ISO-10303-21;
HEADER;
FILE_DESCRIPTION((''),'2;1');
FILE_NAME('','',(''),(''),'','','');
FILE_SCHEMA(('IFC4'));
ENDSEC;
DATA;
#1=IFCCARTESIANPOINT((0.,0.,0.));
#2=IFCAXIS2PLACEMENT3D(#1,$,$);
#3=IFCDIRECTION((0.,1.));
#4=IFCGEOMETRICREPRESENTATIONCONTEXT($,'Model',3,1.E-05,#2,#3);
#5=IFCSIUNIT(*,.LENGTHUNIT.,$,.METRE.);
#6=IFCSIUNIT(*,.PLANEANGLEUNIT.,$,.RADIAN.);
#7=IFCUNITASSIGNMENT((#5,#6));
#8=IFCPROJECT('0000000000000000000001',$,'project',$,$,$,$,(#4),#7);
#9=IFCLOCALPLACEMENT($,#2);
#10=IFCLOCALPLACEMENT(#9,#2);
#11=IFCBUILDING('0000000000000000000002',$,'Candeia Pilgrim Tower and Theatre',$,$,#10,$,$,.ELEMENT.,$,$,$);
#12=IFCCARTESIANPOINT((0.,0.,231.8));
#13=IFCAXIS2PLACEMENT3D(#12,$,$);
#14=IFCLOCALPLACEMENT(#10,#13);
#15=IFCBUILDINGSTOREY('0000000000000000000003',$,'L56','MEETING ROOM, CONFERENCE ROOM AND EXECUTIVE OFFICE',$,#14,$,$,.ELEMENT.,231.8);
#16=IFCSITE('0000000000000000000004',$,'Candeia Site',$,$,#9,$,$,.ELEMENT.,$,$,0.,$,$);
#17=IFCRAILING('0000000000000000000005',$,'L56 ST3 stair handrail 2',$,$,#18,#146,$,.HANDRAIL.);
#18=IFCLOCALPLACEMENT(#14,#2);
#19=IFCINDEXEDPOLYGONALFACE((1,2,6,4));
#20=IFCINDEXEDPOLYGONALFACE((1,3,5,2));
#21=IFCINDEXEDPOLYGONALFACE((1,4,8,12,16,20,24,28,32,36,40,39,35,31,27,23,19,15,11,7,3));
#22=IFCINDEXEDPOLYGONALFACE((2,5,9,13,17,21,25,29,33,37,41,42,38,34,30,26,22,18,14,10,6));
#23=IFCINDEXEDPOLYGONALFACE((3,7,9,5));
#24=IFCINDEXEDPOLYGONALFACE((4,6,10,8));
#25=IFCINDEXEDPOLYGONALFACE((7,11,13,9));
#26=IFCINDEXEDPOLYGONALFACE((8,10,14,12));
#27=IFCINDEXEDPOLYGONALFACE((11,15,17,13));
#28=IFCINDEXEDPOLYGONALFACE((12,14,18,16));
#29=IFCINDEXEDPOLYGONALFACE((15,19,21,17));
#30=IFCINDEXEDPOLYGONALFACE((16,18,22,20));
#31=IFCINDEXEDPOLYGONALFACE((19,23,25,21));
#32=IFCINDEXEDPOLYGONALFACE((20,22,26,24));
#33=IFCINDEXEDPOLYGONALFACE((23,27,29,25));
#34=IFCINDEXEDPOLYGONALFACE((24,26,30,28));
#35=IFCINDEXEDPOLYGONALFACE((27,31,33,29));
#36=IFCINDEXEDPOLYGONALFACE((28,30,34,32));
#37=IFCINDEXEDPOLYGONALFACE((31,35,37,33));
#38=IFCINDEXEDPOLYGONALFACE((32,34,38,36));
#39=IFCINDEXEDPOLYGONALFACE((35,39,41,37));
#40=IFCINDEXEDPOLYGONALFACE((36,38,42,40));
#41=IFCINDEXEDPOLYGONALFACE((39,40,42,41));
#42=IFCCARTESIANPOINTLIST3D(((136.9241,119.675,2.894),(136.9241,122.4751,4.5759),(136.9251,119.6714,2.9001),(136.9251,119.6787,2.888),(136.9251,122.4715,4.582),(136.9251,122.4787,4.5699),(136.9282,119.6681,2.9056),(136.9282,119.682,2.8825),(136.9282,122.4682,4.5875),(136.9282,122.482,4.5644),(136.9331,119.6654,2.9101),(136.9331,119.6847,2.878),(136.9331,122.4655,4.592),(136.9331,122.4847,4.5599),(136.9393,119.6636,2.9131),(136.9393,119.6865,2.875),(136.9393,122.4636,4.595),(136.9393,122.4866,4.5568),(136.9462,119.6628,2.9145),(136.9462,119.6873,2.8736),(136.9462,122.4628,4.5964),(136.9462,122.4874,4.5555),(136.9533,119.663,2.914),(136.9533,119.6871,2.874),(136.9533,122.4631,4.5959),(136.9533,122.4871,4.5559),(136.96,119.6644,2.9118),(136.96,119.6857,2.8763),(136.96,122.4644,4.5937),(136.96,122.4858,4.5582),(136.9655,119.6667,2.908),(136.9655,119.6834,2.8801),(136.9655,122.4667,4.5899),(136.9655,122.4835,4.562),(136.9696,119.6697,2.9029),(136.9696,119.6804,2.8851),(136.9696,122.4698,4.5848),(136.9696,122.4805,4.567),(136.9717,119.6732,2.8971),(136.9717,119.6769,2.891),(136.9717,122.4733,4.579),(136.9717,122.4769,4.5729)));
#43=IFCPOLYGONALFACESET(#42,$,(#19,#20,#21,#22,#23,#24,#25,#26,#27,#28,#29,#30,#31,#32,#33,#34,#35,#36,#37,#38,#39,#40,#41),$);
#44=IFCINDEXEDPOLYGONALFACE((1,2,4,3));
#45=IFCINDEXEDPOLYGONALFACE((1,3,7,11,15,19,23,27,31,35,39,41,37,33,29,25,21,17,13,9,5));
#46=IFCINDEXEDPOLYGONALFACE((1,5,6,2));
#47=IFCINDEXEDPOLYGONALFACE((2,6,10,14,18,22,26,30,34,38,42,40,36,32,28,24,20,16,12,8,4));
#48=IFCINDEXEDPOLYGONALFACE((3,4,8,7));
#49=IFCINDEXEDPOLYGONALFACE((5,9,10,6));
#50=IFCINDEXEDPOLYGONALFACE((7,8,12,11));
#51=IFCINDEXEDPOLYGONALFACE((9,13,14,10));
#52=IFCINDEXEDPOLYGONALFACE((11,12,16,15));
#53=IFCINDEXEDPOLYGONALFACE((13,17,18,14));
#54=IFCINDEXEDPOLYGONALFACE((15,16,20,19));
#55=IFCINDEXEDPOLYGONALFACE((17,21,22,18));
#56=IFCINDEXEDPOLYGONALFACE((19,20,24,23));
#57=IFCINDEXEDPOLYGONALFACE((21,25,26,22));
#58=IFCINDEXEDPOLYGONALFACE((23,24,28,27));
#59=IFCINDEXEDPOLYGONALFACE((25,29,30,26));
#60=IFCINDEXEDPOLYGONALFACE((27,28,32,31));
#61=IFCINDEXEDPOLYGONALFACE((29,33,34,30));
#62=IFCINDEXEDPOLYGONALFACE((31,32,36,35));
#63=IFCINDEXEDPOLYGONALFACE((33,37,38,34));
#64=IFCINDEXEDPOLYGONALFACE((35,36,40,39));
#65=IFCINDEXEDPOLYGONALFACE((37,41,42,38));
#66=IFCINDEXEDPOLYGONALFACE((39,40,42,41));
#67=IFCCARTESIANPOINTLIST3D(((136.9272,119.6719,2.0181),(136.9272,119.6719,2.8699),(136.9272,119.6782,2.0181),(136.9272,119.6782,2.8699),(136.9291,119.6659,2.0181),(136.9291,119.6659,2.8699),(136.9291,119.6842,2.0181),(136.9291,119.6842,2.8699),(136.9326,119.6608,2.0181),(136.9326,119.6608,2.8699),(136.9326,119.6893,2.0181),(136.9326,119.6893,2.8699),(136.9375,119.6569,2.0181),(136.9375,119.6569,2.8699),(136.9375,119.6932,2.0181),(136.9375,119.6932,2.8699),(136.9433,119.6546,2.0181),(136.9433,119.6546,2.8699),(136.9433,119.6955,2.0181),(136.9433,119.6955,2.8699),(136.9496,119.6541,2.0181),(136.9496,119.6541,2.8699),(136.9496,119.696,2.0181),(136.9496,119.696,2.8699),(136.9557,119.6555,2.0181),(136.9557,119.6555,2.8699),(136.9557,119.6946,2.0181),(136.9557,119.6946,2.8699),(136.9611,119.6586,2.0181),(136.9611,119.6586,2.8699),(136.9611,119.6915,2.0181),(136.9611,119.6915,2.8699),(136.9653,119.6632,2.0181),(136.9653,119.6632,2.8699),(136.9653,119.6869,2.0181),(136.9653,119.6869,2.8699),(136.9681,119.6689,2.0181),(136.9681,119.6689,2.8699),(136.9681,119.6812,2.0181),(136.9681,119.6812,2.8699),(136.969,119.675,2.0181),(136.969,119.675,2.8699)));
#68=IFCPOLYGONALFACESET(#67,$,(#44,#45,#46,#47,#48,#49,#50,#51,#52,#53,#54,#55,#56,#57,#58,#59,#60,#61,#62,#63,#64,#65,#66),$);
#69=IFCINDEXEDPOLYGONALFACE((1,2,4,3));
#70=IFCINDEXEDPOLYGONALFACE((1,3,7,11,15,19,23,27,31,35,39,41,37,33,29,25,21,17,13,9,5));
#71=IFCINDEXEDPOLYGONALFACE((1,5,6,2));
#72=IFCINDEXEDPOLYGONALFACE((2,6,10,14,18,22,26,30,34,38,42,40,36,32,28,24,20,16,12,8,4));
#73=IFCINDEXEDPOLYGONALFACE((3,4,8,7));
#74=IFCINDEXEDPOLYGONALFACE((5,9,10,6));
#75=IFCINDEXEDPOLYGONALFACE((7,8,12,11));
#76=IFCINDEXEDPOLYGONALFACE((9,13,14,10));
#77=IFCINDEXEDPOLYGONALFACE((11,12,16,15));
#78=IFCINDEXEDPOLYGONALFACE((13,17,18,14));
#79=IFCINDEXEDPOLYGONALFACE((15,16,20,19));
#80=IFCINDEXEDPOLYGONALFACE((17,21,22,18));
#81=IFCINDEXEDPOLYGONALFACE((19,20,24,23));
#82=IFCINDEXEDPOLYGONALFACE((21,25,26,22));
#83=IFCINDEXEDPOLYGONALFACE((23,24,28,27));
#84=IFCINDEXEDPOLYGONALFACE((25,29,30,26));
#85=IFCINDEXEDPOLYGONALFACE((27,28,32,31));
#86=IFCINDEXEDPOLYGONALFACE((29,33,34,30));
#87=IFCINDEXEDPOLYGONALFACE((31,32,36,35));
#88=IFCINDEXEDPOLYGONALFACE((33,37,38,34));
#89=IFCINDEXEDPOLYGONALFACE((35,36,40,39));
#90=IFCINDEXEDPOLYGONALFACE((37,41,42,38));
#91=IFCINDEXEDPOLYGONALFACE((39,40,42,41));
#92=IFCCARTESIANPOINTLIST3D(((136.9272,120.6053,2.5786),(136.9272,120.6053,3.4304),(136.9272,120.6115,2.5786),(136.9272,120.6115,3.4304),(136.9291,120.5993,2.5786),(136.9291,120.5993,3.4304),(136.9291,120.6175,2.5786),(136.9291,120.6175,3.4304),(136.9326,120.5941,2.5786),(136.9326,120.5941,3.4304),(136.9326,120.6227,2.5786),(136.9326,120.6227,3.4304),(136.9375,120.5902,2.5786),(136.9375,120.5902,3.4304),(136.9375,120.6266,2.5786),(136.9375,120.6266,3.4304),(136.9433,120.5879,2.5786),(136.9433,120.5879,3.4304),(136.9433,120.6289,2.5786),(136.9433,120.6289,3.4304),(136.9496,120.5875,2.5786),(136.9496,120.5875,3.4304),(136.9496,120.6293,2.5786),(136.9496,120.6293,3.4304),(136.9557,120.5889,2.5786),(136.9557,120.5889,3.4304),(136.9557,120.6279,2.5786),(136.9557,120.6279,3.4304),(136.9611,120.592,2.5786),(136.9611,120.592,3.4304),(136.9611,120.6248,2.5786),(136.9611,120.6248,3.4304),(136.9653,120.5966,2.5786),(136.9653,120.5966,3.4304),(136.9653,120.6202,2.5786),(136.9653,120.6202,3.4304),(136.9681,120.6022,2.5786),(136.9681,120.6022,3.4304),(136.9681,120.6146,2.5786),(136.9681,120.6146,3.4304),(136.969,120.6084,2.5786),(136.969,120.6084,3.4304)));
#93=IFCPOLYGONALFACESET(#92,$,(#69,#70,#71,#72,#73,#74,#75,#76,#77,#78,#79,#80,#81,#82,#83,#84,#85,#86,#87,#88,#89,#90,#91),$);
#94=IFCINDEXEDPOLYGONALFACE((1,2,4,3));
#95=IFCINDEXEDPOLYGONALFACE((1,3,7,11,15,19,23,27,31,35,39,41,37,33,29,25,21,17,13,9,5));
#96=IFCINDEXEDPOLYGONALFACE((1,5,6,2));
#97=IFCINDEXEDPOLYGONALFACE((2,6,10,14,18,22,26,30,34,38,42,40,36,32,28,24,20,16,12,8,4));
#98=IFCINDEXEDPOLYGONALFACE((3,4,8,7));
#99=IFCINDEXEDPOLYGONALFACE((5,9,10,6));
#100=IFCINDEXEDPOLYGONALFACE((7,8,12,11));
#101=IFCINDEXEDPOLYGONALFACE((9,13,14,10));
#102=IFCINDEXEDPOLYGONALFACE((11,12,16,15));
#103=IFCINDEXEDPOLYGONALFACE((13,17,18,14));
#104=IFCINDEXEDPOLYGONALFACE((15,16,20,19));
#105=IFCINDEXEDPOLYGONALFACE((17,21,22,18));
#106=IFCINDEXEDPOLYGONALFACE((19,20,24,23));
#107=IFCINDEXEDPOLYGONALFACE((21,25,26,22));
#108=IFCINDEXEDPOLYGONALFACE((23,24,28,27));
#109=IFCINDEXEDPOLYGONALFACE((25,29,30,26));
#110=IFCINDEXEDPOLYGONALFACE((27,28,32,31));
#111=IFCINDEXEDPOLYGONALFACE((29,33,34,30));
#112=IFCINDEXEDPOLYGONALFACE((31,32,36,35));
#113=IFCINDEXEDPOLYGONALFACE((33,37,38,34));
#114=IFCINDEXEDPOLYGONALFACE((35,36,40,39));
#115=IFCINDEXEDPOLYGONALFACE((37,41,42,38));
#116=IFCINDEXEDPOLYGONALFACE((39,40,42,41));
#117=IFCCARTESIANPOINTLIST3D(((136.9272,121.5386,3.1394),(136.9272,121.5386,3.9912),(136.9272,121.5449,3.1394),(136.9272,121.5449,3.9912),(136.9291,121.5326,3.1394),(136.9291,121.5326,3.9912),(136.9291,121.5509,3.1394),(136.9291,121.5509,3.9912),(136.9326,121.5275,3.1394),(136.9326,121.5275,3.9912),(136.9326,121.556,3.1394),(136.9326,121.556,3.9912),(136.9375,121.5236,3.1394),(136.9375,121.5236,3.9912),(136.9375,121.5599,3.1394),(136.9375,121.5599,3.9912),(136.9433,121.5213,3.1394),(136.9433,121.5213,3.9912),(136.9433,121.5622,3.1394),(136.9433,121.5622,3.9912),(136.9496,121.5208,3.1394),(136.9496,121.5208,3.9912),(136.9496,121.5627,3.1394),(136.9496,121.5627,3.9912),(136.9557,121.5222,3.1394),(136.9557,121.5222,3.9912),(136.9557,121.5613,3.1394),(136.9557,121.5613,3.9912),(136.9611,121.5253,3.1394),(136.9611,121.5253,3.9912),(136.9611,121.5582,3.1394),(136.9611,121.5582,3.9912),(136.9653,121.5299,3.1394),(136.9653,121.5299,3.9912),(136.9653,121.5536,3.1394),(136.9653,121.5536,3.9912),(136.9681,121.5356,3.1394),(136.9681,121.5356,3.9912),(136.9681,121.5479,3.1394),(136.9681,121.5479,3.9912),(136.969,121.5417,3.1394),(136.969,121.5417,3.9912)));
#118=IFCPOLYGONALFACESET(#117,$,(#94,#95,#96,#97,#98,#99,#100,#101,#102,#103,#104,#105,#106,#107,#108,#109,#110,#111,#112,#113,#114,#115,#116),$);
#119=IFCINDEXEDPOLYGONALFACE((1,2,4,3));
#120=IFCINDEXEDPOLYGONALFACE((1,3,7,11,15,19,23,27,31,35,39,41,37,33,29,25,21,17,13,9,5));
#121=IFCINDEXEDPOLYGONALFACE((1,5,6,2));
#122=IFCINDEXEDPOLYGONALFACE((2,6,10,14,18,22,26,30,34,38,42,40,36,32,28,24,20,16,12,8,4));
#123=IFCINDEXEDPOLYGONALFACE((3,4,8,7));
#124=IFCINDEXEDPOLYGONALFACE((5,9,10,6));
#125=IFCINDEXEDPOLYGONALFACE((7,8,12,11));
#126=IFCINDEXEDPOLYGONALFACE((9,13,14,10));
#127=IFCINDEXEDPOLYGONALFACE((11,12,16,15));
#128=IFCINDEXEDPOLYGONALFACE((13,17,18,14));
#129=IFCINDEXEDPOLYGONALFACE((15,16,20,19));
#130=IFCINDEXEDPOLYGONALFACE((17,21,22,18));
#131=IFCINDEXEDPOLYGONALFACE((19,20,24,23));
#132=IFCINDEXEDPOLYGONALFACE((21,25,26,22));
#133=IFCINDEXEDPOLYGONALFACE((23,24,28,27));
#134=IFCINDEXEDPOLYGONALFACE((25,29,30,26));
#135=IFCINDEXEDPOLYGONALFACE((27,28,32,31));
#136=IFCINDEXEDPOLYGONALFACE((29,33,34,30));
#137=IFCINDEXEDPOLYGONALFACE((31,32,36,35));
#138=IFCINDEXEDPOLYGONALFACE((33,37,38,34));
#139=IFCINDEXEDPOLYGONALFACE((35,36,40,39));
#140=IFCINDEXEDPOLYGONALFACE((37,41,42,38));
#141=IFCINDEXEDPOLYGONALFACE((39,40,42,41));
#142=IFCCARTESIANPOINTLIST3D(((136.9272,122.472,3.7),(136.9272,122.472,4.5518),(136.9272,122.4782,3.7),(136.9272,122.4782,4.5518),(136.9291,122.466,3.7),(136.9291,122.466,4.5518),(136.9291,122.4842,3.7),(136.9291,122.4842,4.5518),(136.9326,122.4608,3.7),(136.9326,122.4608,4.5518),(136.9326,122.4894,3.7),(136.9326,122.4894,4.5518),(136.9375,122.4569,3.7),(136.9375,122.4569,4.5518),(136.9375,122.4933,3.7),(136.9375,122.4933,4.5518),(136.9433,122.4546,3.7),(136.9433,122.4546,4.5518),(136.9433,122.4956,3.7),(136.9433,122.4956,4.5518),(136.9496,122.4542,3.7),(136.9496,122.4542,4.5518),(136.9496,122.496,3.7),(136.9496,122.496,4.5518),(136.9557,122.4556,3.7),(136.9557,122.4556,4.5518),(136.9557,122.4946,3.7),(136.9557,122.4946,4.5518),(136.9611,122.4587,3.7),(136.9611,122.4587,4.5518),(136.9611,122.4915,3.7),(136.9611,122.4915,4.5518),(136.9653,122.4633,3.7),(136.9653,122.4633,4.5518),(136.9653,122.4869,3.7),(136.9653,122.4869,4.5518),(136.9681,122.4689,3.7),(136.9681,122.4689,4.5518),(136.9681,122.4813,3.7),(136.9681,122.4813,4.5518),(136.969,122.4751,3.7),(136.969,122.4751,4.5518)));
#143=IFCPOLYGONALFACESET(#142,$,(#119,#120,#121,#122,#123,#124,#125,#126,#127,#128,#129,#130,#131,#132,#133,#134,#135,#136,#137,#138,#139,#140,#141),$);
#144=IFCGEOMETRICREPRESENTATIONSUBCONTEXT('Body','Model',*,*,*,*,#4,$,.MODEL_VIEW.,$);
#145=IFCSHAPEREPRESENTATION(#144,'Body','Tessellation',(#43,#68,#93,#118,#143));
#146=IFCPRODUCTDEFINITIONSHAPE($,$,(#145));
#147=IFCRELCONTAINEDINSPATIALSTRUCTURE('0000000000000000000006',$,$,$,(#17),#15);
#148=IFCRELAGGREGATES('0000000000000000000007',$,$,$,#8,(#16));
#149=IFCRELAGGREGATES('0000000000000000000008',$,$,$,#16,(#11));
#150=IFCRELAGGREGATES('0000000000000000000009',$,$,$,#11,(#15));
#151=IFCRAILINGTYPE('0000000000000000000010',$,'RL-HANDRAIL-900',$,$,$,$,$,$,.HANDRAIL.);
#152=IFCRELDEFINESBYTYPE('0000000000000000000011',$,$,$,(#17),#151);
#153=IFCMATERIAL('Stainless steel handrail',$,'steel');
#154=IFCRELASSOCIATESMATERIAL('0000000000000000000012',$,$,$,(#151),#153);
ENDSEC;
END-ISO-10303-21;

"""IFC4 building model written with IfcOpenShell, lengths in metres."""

from ifc_helpers import new_model, si_unit, direction, frame, origin, origin_2d, place, context, subcontext, project, spatial, circle, extrude, material, type_object, element, save


model = new_model("IFC4")

# Units and contexts
model_context = context("Model", 3, precision=1e-05, world=origin(), true_north=direction((0.0, 1.0)))
body_context = subcontext(model_context, "Body", "Model", "MODEL_VIEW")
ifc_project = project(units=[si_unit("LENGTHUNIT", "METRE"), si_unit("PLANEANGLEUNIT", "RADIAN")], contexts=[model_context])

# Site, building, storey
site_placement = place(None, origin())
site = spatial("IfcSite", under=ifc_project, at=site_placement, Name="Candeia Site", CompositionType="ELEMENT", RefElevation=0.0)
building_placement = place(site_placement, origin())
building = spatial("IfcBuilding", under=site, at=building_placement, Name="Candeia Pilgrim Tower and Theatre", CompositionType="ELEMENT")
storey_placement = place(building_placement, frame((0.0, 0.0, 231.8)))
storey = spatial("IfcBuildingStorey", under=building, at=storey_placement, Name="L56", Description="MEETING ROOM, CONFERENCE ROOM AND EXECUTIVE OFFICE", CompositionType="ELEMENT", Elevation=231.8)

# Railing
ifc_material_1 = material(Name="Stainless steel handrail", Category="steel")
railing_type_1 = type_object("IfcRailingType", Name="RL-HANDRAIL-900", PredefinedType="HANDRAIL", material=ifc_material_1)
railing_1_placement = place(storey_placement, frame((136.948, 119.675, 2.0181)))
element("IfcRailing", 1, at=railing_1_placement, inside=storey, type_object=railing_type_1, Name="L56 ST3 stair handrail 2", PredefinedType="HANDRAIL", context=body_context, shape_type="SweptSolid", body=[
    extrude(circle(Radius=0.0239, at=origin_2d()), frame((0.0, 0.0, 0.876), z_axis=(0.0, 0.857242, 0.514913), x_axis=(-1.0, 0.0, 0.0)), (0.0, 0.0, 1.0), 3.2664),
    extrude(circle(Radius=0.021, at=origin_2d()), origin(), (0.0, 0.0, 1.0), 0.8518),
    extrude(circle(Radius=0.021, at=origin_2d()), frame((0.0, 0.9333, 0.5605)), (0.0, 0.0, 1.0), 0.8518),
    extrude(circle(Radius=0.021, at=origin_2d()), frame((0.0, 1.8667, 1.1213)), (0.0, 0.0, 1.0), 0.8518),
    extrude(circle(Radius=0.021, at=origin_2d()), frame((0.0, 2.8, 1.6819)), (0.0, 0.0, 1.0), 0.8518),
])

save(model, "model.ifc")
